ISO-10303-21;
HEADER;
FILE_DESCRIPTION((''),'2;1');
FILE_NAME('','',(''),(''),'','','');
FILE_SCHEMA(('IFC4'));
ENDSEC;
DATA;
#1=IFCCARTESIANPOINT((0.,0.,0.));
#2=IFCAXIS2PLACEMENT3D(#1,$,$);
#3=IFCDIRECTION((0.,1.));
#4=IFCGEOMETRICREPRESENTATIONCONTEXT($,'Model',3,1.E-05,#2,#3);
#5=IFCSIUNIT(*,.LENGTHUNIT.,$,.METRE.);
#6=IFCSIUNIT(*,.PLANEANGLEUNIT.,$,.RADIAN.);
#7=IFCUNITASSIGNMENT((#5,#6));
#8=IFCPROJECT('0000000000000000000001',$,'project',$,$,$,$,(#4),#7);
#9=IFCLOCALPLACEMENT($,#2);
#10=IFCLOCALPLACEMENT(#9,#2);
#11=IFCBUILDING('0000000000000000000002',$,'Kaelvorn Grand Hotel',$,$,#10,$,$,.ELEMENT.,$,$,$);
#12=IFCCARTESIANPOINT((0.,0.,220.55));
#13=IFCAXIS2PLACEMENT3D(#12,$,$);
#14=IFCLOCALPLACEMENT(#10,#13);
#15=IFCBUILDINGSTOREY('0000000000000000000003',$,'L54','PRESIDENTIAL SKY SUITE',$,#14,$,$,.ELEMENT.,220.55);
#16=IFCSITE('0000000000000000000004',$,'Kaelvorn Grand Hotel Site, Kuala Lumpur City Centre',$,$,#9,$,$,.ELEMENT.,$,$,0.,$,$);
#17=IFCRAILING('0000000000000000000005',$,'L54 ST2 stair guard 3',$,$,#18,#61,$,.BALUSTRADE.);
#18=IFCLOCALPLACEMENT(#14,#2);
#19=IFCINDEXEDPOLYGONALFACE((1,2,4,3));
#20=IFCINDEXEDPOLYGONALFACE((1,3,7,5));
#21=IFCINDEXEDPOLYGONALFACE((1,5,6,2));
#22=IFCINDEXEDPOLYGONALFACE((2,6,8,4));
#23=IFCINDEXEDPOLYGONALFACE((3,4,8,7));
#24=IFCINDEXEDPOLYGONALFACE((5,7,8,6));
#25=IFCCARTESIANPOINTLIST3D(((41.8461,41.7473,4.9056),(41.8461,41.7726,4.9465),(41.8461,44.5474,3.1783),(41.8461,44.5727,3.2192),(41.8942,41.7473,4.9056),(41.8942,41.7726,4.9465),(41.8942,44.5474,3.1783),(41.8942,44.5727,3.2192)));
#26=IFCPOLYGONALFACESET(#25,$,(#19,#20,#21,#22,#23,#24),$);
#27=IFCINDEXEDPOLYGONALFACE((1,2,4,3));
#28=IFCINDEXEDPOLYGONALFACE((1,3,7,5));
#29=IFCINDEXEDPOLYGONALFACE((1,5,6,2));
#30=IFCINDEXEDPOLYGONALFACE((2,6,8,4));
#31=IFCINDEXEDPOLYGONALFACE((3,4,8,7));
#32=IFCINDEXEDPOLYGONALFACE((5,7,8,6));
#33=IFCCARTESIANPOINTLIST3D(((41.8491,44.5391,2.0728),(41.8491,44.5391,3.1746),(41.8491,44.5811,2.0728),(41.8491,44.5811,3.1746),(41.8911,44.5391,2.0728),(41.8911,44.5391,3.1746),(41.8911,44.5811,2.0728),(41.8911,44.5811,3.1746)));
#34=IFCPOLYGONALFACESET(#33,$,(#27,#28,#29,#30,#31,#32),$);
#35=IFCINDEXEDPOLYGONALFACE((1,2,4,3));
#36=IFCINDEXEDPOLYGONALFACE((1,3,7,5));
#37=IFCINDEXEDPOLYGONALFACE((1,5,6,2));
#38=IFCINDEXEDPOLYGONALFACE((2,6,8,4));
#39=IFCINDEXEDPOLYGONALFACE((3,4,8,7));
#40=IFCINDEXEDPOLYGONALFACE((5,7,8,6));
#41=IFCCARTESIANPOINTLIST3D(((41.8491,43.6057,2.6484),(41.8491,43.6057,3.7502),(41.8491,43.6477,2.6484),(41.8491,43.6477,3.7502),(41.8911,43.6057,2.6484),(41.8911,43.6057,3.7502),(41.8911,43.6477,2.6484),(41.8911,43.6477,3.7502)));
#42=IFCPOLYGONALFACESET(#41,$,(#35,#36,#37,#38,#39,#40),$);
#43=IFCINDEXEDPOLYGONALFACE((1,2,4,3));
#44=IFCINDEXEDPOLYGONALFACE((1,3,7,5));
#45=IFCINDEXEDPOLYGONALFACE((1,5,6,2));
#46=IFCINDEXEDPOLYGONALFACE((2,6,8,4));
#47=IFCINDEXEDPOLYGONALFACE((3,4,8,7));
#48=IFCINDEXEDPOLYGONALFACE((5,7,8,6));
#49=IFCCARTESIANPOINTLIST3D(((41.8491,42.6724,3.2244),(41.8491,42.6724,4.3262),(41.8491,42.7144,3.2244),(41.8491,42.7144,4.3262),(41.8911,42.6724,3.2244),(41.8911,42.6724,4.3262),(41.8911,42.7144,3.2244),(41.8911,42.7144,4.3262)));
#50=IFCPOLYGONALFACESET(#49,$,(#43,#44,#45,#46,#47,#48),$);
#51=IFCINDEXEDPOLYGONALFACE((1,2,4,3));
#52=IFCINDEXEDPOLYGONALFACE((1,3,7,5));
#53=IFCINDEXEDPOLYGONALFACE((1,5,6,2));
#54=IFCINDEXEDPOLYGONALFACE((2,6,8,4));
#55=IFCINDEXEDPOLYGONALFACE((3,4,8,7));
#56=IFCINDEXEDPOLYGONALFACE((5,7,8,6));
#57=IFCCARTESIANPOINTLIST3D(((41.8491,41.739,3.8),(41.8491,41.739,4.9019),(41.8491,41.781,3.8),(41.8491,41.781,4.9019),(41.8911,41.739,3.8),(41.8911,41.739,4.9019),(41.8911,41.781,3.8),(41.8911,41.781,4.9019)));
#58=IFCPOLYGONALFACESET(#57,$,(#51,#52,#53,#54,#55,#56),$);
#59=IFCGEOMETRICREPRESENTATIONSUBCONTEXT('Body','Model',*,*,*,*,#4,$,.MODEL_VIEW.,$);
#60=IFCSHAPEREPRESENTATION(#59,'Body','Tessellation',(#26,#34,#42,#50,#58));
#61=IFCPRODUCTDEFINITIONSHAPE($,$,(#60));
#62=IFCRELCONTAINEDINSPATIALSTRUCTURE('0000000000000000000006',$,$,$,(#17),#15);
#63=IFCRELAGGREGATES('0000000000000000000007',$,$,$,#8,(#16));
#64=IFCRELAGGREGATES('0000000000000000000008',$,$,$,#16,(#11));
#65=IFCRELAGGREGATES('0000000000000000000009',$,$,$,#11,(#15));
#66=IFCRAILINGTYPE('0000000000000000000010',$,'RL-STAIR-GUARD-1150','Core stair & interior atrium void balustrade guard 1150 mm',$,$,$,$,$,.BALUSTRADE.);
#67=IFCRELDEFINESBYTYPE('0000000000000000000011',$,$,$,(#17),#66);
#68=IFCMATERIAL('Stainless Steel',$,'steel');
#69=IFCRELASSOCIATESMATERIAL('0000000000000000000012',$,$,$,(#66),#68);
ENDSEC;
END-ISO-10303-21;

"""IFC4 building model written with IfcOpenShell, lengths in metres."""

from ifc_helpers import new_model, si_unit, direction, frame, origin, origin_2d, place, context, subcontext, project, spatial, rectangle, extrude, material, type_object, element, save


model = new_model("IFC4")

# Units and contexts
model_context = context("Model", 3, precision=1e-05, world=origin(), true_north=direction((0.0, 1.0)))
body_context = subcontext(model_context, "Body", "Model", "MODEL_VIEW")
ifc_project = project(units=[si_unit("LENGTHUNIT", "METRE"), si_unit("PLANEANGLEUNIT", "RADIAN")], contexts=[model_context])

# Site, building, storey
site_placement = place(None, origin())
site = spatial("IfcSite", under=ifc_project, at=site_placement, Name="Kaelvorn Grand Hotel Site, Kuala Lumpur City Centre", CompositionType="ELEMENT", RefElevation=0.0)
building_placement = place(site_placement, origin())
building = spatial("IfcBuilding", under=site, at=building_placement, Name="Kaelvorn Grand Hotel", CompositionType="ELEMENT")
storey_placement = place(building_placement, frame((0.0, 0.0, 220.55)))
storey = spatial("IfcBuildingStorey", under=building, at=storey_placement, Name="L54", Description="PRESIDENTIAL SKY SUITE", CompositionType="ELEMENT", Elevation=220.55)

# Railing
ifc_material_1 = material(Name="Stainless Steel", Category="steel")
railing_type_1 = type_object("IfcRailingType", Name="RL-STAIR-GUARD-1150", Description="Core stair & interior atrium void balustrade guard 1150 mm", PredefinedType="BALUSTRADE", material=ifc_material_1)
railing_1_placement = place(storey_placement, frame((41.8701, 44.5601, 2.0728)))
element("IfcRailing", 1, at=railing_1_placement, inside=storey, type_object=railing_type_1, Name="L54 ST2 stair guard 3", PredefinedType="BALUSTRADE", context=body_context, shape_type="SweptSolid", body=[
    extrude(rectangle(XDim=0.0481, YDim=0.0481, at=origin_2d()), frame((0.0, 0.0, 1.126), z_axis=(0.0, -0.85109, 0.52502), x_axis=(1.0, 0.0, 0.0)), (0.0, 0.0, 1.0), 3.29),
    extrude(rectangle(XDim=0.042, YDim=0.042, at=origin_2d()), origin(), (0.0, 0.0, 1.0), 1.1018),
    extrude(rectangle(XDim=0.042, YDim=0.042, at=origin_2d()), frame((0.0, -0.9333, 0.5757)), (0.0, 0.0, 1.0), 1.1018),
    extrude(rectangle(XDim=0.042, YDim=0.042, at=origin_2d()), frame((0.0, -1.8667, 1.1516)), (0.0, 0.0, 1.0), 1.1018),
    extrude(rectangle(XDim=0.042, YDim=0.042, at=origin_2d()), frame((0.0, -2.8, 1.7273)), (0.0, 0.0, 1.0), 1.1018),
])

save(model, "model.ifc")
